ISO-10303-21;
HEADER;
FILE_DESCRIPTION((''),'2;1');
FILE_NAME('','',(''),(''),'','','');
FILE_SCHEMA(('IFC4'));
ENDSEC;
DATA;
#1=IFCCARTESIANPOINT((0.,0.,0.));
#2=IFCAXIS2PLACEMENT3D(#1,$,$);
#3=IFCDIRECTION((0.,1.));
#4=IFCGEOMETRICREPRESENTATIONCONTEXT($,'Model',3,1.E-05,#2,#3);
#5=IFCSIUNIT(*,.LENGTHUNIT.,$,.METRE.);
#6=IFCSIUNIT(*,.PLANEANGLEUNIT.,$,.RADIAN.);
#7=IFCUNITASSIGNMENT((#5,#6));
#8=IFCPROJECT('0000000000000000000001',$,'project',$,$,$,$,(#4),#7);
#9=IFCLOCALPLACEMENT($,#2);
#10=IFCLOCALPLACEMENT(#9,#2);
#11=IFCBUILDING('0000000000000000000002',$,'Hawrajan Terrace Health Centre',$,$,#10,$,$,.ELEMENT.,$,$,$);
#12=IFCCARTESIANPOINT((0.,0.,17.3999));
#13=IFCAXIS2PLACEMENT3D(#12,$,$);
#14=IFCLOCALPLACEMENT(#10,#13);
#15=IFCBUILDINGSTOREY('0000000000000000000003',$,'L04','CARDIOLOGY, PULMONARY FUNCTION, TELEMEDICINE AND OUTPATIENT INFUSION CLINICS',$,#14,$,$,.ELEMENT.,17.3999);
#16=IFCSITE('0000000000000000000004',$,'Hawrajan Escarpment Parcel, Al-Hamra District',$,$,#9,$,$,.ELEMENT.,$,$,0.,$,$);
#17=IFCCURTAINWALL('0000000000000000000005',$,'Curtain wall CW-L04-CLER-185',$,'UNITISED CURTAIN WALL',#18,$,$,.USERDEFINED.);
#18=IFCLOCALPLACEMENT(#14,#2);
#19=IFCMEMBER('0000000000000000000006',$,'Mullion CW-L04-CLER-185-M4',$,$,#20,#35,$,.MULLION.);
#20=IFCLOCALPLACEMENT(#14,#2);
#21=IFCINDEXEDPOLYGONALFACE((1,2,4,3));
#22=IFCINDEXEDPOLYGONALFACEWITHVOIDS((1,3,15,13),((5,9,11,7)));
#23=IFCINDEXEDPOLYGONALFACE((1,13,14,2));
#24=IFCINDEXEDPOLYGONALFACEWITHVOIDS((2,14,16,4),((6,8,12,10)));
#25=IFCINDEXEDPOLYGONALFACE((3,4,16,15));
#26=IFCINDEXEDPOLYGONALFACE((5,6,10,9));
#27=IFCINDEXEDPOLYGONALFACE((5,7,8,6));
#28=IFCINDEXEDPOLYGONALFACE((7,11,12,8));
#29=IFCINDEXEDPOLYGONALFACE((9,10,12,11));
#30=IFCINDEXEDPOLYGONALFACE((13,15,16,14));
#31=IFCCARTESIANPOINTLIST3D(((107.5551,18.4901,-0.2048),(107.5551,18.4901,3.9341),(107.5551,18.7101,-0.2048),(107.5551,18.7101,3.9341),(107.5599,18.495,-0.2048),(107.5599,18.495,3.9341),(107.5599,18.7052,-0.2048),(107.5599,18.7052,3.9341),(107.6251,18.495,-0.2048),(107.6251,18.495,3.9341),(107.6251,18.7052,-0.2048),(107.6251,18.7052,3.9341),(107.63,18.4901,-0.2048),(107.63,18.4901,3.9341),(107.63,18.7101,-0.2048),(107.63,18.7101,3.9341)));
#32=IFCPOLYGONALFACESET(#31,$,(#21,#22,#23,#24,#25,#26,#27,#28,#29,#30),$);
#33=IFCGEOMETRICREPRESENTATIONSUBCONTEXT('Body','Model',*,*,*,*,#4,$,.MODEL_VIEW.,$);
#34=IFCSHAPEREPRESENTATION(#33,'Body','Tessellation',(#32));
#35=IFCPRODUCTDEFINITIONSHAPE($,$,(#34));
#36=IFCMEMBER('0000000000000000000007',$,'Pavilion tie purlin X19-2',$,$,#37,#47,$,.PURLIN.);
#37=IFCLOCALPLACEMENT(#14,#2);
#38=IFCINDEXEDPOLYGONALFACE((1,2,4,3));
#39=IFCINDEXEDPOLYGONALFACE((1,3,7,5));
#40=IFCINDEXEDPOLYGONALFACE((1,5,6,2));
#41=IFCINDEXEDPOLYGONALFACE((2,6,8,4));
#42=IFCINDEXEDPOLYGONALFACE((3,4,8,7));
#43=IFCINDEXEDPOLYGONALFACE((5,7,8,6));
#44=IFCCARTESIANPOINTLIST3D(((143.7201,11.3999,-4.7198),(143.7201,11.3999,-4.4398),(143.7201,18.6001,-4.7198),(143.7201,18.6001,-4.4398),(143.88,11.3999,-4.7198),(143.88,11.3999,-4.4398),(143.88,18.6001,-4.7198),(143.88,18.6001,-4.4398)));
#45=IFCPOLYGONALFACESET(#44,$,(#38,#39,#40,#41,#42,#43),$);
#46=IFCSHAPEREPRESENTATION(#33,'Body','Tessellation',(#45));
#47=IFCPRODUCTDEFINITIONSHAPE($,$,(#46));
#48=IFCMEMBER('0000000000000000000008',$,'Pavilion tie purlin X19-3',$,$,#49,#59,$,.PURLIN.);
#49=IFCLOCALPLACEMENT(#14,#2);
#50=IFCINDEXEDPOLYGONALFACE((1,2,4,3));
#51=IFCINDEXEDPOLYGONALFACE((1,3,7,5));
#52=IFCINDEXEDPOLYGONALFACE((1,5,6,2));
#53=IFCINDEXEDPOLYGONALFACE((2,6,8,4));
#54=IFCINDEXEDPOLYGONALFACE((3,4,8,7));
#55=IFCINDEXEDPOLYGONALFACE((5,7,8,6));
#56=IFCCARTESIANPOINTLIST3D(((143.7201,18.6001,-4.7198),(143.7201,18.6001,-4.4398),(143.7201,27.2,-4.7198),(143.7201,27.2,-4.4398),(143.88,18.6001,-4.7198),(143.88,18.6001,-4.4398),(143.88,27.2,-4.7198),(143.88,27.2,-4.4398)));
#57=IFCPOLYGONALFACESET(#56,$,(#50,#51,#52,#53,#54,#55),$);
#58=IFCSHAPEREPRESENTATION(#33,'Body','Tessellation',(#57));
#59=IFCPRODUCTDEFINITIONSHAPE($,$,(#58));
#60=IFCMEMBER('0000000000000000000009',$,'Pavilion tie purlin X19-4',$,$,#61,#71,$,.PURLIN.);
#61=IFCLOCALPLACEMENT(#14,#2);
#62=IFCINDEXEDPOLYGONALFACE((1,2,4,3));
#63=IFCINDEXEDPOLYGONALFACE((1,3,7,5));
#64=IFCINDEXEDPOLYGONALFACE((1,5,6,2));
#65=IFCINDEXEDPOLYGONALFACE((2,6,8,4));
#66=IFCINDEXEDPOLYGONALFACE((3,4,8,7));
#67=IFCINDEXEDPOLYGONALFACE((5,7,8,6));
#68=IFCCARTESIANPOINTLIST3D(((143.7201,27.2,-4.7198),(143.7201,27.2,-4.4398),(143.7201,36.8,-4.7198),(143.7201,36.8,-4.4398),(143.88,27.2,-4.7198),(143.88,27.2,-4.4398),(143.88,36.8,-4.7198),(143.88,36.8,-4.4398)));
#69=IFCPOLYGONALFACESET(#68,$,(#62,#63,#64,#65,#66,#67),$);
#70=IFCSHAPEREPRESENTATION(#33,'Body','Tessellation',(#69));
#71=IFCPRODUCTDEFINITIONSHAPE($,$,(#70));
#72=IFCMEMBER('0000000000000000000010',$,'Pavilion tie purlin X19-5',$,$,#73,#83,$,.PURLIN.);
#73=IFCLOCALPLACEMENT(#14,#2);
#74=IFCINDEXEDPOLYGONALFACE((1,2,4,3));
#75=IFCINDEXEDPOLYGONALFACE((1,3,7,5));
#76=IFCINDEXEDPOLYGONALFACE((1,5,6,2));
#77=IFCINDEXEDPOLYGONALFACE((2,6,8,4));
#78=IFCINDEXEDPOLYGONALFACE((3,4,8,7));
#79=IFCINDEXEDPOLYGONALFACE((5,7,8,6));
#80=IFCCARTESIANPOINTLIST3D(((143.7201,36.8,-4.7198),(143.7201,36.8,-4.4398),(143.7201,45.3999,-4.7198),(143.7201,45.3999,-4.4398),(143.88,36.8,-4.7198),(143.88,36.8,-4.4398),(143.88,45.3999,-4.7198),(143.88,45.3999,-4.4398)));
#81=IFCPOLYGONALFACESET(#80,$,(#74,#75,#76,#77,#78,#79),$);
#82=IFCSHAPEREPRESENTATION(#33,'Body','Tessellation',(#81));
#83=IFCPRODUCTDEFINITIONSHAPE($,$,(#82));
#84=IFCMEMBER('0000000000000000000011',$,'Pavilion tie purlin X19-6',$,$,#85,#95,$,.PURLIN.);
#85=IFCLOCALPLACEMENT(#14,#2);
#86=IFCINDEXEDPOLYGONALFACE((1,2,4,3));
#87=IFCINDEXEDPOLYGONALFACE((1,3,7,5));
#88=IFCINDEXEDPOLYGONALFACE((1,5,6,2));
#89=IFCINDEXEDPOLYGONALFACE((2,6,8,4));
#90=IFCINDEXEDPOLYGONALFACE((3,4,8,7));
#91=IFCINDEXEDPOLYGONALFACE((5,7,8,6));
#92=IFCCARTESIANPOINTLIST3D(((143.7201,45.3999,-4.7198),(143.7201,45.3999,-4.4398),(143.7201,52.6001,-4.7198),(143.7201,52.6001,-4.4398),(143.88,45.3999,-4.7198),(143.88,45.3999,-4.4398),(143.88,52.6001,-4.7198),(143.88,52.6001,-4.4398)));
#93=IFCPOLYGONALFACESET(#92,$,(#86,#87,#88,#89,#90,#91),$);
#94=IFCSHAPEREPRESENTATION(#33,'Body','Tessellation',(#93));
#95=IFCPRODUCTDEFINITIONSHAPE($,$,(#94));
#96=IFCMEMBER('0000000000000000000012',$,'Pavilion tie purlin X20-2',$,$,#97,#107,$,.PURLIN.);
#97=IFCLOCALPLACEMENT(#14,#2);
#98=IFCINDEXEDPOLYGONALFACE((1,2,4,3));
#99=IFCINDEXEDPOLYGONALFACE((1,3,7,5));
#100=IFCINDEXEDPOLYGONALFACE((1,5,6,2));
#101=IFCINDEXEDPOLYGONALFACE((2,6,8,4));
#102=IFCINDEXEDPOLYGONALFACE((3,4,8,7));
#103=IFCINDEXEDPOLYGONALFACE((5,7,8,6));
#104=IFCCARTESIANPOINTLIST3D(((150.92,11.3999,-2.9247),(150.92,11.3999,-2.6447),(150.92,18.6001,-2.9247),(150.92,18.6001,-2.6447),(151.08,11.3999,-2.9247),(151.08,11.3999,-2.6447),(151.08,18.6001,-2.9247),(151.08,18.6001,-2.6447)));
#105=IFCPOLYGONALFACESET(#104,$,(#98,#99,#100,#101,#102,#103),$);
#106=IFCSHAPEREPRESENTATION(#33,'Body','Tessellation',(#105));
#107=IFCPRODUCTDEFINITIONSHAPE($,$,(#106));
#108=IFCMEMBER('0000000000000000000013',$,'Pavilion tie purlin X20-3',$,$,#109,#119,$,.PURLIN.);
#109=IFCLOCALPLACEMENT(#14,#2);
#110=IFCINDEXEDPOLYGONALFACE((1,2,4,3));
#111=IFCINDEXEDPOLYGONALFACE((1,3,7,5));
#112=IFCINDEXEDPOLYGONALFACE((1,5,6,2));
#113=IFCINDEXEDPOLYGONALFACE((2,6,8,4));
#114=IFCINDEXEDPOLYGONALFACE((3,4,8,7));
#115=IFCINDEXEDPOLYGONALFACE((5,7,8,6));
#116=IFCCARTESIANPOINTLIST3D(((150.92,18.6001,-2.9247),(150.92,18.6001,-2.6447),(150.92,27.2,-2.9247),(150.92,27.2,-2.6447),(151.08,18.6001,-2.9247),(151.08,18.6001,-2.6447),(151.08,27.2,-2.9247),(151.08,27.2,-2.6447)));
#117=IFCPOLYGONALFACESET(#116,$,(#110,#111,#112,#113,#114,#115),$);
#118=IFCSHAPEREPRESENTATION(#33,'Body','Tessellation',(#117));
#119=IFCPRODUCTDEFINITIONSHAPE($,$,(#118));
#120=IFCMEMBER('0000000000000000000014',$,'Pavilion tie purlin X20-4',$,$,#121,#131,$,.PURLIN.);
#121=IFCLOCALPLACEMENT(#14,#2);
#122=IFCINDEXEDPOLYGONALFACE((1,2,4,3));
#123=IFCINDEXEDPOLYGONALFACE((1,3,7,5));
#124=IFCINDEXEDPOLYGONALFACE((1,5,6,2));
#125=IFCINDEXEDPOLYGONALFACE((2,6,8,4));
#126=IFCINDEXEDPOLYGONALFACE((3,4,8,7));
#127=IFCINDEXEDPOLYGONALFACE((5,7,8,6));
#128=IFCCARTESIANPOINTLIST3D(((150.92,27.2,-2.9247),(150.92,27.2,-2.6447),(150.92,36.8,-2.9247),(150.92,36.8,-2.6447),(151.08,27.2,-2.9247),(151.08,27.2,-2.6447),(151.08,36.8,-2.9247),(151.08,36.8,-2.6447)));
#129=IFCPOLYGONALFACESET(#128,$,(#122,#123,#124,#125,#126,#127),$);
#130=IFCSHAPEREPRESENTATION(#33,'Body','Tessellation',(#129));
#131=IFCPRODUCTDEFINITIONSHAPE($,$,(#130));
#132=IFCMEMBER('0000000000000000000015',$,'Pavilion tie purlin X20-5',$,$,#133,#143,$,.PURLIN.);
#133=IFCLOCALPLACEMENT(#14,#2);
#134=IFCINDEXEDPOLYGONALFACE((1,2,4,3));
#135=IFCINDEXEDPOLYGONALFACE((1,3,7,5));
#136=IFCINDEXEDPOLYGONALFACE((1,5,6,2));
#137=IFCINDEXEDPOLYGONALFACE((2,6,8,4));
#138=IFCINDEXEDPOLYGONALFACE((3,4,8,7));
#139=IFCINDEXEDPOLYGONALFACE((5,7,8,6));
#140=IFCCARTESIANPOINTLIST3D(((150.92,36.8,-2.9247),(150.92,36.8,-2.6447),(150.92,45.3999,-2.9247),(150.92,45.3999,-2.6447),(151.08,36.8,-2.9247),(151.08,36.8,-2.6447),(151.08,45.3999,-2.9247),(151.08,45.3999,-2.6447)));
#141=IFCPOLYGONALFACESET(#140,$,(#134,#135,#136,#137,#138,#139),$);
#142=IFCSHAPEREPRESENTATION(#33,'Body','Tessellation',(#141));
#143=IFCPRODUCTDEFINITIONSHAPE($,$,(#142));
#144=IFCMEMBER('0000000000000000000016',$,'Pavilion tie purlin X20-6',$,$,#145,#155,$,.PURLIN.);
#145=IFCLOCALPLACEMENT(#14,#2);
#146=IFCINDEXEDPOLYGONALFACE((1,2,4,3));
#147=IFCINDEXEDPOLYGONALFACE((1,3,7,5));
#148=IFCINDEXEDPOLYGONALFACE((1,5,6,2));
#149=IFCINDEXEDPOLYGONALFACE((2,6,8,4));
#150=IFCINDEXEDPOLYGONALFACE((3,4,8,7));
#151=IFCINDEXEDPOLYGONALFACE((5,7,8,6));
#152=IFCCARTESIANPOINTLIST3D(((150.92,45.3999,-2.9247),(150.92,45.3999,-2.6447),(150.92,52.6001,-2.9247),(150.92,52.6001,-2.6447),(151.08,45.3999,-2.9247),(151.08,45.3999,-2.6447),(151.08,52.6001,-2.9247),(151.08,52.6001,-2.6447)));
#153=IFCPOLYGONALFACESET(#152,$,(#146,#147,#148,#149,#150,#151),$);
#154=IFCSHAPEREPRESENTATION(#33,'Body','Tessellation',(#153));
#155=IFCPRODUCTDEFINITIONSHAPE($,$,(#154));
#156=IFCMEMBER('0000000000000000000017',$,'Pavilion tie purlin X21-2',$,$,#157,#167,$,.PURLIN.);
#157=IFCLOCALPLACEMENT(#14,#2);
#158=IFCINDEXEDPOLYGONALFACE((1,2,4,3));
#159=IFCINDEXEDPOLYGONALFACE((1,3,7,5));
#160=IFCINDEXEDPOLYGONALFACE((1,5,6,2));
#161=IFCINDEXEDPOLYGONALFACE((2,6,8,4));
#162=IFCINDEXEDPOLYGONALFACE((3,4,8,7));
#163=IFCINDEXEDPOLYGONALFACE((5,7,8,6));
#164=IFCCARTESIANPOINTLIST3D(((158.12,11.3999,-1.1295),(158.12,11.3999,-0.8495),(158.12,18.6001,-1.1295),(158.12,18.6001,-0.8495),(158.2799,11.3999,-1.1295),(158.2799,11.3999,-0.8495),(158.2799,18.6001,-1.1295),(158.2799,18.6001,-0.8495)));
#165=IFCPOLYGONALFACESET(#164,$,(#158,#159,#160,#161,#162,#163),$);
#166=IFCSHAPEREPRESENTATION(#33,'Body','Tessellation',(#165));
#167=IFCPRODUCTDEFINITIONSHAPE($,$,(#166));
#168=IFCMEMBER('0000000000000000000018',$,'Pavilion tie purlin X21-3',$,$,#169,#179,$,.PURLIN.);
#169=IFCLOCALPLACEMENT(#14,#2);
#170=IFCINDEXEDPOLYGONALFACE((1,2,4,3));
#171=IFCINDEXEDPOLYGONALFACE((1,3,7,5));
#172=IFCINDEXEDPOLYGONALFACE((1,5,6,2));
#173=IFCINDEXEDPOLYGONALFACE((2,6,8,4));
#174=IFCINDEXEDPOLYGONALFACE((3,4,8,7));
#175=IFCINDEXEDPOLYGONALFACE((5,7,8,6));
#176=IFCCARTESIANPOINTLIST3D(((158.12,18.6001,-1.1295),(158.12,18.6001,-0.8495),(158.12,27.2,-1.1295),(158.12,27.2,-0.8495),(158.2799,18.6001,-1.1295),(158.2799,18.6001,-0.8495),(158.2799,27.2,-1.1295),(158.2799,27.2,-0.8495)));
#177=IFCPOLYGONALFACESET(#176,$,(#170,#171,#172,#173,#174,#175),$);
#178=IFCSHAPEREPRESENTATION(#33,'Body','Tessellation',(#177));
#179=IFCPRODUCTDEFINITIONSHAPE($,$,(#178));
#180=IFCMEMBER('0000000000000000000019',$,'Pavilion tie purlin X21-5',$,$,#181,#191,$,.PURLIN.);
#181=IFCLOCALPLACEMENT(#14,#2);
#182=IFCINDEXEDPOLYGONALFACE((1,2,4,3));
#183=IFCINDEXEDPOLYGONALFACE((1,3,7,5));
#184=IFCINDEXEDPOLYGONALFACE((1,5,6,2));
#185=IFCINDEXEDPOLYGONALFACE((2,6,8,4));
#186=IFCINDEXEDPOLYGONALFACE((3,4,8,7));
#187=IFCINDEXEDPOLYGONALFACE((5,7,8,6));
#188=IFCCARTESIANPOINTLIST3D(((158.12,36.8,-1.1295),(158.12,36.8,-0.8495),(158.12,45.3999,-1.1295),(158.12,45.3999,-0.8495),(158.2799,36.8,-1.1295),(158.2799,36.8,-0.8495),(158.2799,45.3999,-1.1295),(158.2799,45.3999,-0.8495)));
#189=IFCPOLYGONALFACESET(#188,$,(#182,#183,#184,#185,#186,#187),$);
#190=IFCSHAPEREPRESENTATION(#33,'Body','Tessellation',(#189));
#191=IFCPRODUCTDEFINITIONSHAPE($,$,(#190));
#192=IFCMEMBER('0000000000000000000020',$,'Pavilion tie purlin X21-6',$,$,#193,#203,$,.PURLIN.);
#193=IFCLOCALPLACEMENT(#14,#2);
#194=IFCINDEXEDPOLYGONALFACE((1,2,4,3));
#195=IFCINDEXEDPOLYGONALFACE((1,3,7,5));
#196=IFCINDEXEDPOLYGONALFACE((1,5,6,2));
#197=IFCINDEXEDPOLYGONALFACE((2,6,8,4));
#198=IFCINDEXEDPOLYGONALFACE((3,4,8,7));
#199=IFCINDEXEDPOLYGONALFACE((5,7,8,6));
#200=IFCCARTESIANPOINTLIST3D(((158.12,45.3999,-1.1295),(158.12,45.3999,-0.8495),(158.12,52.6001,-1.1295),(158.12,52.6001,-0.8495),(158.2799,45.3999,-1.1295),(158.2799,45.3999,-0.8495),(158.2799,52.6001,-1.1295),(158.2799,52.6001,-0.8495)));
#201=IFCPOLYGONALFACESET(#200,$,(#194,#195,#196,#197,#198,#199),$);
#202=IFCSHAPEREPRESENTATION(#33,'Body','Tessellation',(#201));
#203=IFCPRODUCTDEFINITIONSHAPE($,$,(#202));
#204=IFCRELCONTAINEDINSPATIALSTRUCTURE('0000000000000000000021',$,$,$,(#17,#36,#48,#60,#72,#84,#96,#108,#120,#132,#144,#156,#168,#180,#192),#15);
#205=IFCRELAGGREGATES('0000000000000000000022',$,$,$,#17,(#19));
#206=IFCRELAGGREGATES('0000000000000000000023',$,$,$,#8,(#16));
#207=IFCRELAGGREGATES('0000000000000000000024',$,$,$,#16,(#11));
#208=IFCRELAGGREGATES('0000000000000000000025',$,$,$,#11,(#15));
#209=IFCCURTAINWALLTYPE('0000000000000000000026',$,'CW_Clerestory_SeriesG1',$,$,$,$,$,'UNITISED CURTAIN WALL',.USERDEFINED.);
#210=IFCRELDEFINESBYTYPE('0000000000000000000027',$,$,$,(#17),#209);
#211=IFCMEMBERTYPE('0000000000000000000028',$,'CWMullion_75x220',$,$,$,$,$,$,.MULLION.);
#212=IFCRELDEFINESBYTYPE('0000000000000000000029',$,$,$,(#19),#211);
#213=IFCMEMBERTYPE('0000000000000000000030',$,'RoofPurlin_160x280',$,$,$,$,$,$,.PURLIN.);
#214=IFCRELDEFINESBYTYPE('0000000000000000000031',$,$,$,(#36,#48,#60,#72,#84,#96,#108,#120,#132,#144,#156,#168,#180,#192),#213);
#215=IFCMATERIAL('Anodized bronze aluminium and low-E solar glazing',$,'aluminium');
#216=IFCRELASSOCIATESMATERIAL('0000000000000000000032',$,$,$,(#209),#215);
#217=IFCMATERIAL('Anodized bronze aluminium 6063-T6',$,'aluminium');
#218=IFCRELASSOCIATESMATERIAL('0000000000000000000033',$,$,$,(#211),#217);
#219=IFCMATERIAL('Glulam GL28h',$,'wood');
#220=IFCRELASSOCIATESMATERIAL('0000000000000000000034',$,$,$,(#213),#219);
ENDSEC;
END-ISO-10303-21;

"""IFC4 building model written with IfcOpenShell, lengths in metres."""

from ifc_helpers import new_model, si_unit, direction, frame, origin, origin_2d, place, context, subcontext, project, spatial, rectangle, hollow_rectangle, extrude, material, material_profile, profile_set, type_object, element, aggregate, save


model = new_model("IFC4")

# Units and contexts
model_context = context("Model", 3, precision=1e-05, world=origin(), true_north=direction((0.0, 1.0)))
body_context = subcontext(model_context, "Body", "Model", "MODEL_VIEW")
ifc_project = project(units=[si_unit("LENGTHUNIT", "METRE"), si_unit("PLANEANGLEUNIT", "RADIAN")], contexts=[model_context])

# Site, building, storey
site_placement = place(None, origin())
site = spatial("IfcSite", under=ifc_project, at=site_placement, Name="Hawrajan Escarpment Parcel, Al-Hamra District", CompositionType="ELEMENT", RefElevation=0.0)
building_placement = place(site_placement, origin())
building = spatial("IfcBuilding", under=site, at=building_placement, Name="Hawrajan Terrace Health Centre", CompositionType="ELEMENT")
storey_placement = place(building_placement, frame((0.0, 0.0, 17.3999)))
storey = spatial("IfcBuildingStorey", under=building, at=storey_placement, Name="L04", Description="CARDIOLOGY, PULMONARY FUNCTION, TELEMEDICINE AND OUTPATIENT INFUSION CLINICS", CompositionType="ELEMENT", Elevation=17.3999)

# Curtain wall, member
ifc_material_1 = material(Name="Anodized bronze aluminium and low-E solar glazing", Category="aluminium")
curtain_wall_type = type_object("IfcCurtainWallType", Name="CW_Clerestory_SeriesG1", ElementType="UNITISED CURTAIN WALL", PredefinedType="USERDEFINED", material=ifc_material_1)
curtain_wall_placement = place(storey_placement, origin())
curtain_wall = element("IfcCurtainWall", 1, at=curtain_wall_placement, inside=storey, type_object=curtain_wall_type, Name="Curtain wall CW-L04-CLER-185", ObjectType="UNITISED CURTAIN WALL", PredefinedType="USERDEFINED")
ifc_material_2 = material(Name="Anodized bronze aluminium 6063-T6", Category="aluminium")
ifc_material_profile_1 = material_profile(ifc_material_2, hollow_rectangle(XDim=0.075, YDim=0.22, WallThickness=0.0049, at=origin_2d()), Name="CW MUL 75x220")
ifc_profile_set_1 = profile_set([ifc_material_profile_1], Name="Anodized bronze aluminium 6063-T6")
member_type_1 = type_object("IfcMemberType", Name="CWMullion_75x220", PredefinedType="MULLION", material=ifc_profile_set_1)
member_1_placement = place(storey_placement, frame((107.5925, 18.6001, -0.2048), z_axis=(0.0, 0.0, 1.0), x_axis=(1.0, 0.0, 0.0)))
member_1 = element("IfcMember", 2, at=member_1_placement, type_object=member_type_1, Name="Mullion CW-L04-CLER-185-M4", PredefinedType="MULLION", context=body_context, shape_type="SweptSolid", body=[
    extrude(hollow_rectangle(XDim=0.075, YDim=0.22, WallThickness=0.0049, at=origin_2d()), origin(), (0.0, 0.0, 1.0), 4.1389),
])
aggregate(curtain_wall, [member_1])

# Members
ifc_material_3 = material(Name="Glulam GL28h", Category="wood")
ifc_material_profile_2 = material_profile(ifc_material_3, rectangle(XDim=0.1599, YDim=0.28, at=origin_2d()), Name="GL PUR 160x280")
ifc_profile_set_2 = profile_set([ifc_material_profile_2], Name="Glulam GL28h")
member_type_2 = type_object("IfcMemberType", Name="RoofPurlin_160x280", PredefinedType="PURLIN", material=ifc_profile_set_2)
member_2_placement = place(storey_placement, frame((143.8, 11.3999, -4.5798), z_axis=(0.0, 1.0, 0.0), x_axis=(-1.0, 0.0, 0.0)))
element("IfcMember", 3, at=member_2_placement, inside=storey, type_object=member_type_2, Name="Pavilion tie purlin X19-2", PredefinedType="PURLIN", context=body_context, shape_type="SweptSolid", body=[
    extrude(rectangle(XDim=0.1599, YDim=0.28, at=origin_2d()), origin(), (0.0, 0.0, 1.0), 7.2002),
])
member_3_placement = place(storey_placement, frame((143.8, 18.6001, -4.5798), z_axis=(0.0, 1.0, 0.0), x_axis=(-1.0, 0.0, 0.0)))
element("IfcMember", 4, at=member_3_placement, inside=storey, type_object=member_type_2, Name="Pavilion tie purlin X19-3", PredefinedType="PURLIN", context=body_context, shape_type="SweptSolid", body=[
    extrude(rectangle(XDim=0.1599, YDim=0.28, at=origin_2d()), origin(), (0.0, 0.0, 1.0), 8.5999),
])
member_4_placement = place(storey_placement, frame((143.8, 27.2, -4.5798), z_axis=(0.0, 1.0, 0.0), x_axis=(-1.0, 0.0, 0.0)))
element("IfcMember", 5, at=member_4_placement, inside=storey, type_object=member_type_2, Name="Pavilion tie purlin X19-4", PredefinedType="PURLIN", context=body_context, shape_type="SweptSolid", body=[
    extrude(rectangle(XDim=0.1599, YDim=0.28, at=origin_2d()), origin(), (0.0, 0.0, 1.0), 9.6001),
])
member_5_placement = place(storey_placement, frame((143.8, 36.8, -4.5798), z_axis=(0.0, 1.0, 0.0), x_axis=(-1.0, 0.0, 0.0)))
element("IfcMember", 6, at=member_5_placement, inside=storey, type_object=member_type_2, Name="Pavilion tie purlin X19-5", PredefinedType="PURLIN", context=body_context, shape_type="SweptSolid", body=[
    extrude(rectangle(XDim=0.1599, YDim=0.28, at=origin_2d()), origin(), (0.0, 0.0, 1.0), 8.5999),
])
for number, where, z_axis, x_axis, name in (
    (7, (143.8, 45.3999, -4.5798), (0.0, 1.0, 0.0), (-1.0, 0.0, 0.0), "Pavilion tie purlin X19-6"),
    (8, (151.0, 11.3999, -2.7847), (0.0, 1.0, 0.0), (-1.0, 0.0, 0.0), "Pavilion tie purlin X20-2"),
):
    element("IfcMember", number, at=place(storey_placement, frame(where, z_axis=z_axis, x_axis=x_axis)), inside=storey, type_object=member_type_2, Name=name, PredefinedType="PURLIN", context=body_context, shape_type="SweptSolid", body=[
        extrude(rectangle(XDim=0.1599, YDim=0.28, at=origin_2d()), origin(), (0.0, 0.0, 1.0), 7.2002),
    ])
member_6_placement = place(storey_placement, frame((151.0, 18.6001, -2.7847), z_axis=(0.0, 1.0, 0.0), x_axis=(-1.0, 0.0, 0.0)))
element("IfcMember", 9, at=member_6_placement, inside=storey, type_object=member_type_2, Name="Pavilion tie purlin X20-3", PredefinedType="PURLIN", context=body_context, shape_type="SweptSolid", body=[
    extrude(rectangle(XDim=0.1599, YDim=0.28, at=origin_2d()), origin(), (0.0, 0.0, 1.0), 8.5999),
])
member_7_placement = place(storey_placement, frame((151.0, 27.2, -2.7847), z_axis=(0.0, 1.0, 0.0), x_axis=(-1.0, 0.0, 0.0)))
element("IfcMember", 10, at=member_7_placement, inside=storey, type_object=member_type_2, Name="Pavilion tie purlin X20-4", PredefinedType="PURLIN", context=body_context, shape_type="SweptSolid", body=[
    extrude(rectangle(XDim=0.1599, YDim=0.28, at=origin_2d()), origin(), (0.0, 0.0, 1.0), 9.6001),
])
member_8_placement = place(storey_placement, frame((151.0, 36.8, -2.7847), z_axis=(0.0, 1.0, 0.0), x_axis=(-1.0, 0.0, 0.0)))
element("IfcMember", 11, at=member_8_placement, inside=storey, type_object=member_type_2, Name="Pavilion tie purlin X20-5", PredefinedType="PURLIN", context=body_context, shape_type="SweptSolid", body=[
    extrude(rectangle(XDim=0.1599, YDim=0.28, at=origin_2d()), origin(), (0.0, 0.0, 1.0), 8.5999),
])
for number, where, z_axis, x_axis, name in (
    (12, (151.0, 45.3999, -2.7847), (0.0, 1.0, 0.0), (-1.0, 0.0, 0.0), "Pavilion tie purlin X20-6"),
    (13, (158.2, 11.3999, -0.9895), (0.0, 1.0, 0.0), (-1.0, 0.0, 0.0), "Pavilion tie purlin X21-2"),
):
    element("IfcMember", number, at=place(storey_placement, frame(where, z_axis=z_axis, x_axis=x_axis)), inside=storey, type_object=member_type_2, Name=name, PredefinedType="PURLIN", context=body_context, shape_type="SweptSolid", body=[
        extrude(rectangle(XDim=0.1599, YDim=0.28, at=origin_2d()), origin(), (0.0, 0.0, 1.0), 7.2002),
    ])
for number, where, z_axis, x_axis, name in (
    (14, (158.2, 18.6001, -0.9895), (0.0, 1.0, 0.0), (-1.0, 0.0, 0.0), "Pavilion tie purlin X21-3"),
    (15, (158.2, 36.8, -0.9895), (0.0, 1.0, 0.0), (-1.0, 0.0, 0.0), "Pavilion tie purlin X21-5"),
):
    element("IfcMember", number, at=place(storey_placement, frame(where, z_axis=z_axis, x_axis=x_axis)), inside=storey, type_object=member_type_2, Name=name, PredefinedType="PURLIN", context=body_context, shape_type="SweptSolid", body=[
        extrude(rectangle(XDim=0.1599, YDim=0.28, at=origin_2d()), origin(), (0.0, 0.0, 1.0), 8.5999),
    ])
for number, where, z_axis, x_axis, name in (
    (16, (158.2, 45.3999, -0.9895), (0.0, 1.0, 0.0), (-1.0, 0.0, 0.0), "Pavilion tie purlin X21-6"),
):
    element("IfcMember", number, at=place(storey_placement, frame(where, z_axis=z_axis, x_axis=x_axis)), inside=storey, type_object=member_type_2, Name=name, PredefinedType="PURLIN", context=body_context, shape_type="SweptSolid", body=[
        extrude(rectangle(XDim=0.1599, YDim=0.28, at=origin_2d()), origin(), (0.0, 0.0, 1.0), 7.2002),
    ])

save(model, "model.ifc")
